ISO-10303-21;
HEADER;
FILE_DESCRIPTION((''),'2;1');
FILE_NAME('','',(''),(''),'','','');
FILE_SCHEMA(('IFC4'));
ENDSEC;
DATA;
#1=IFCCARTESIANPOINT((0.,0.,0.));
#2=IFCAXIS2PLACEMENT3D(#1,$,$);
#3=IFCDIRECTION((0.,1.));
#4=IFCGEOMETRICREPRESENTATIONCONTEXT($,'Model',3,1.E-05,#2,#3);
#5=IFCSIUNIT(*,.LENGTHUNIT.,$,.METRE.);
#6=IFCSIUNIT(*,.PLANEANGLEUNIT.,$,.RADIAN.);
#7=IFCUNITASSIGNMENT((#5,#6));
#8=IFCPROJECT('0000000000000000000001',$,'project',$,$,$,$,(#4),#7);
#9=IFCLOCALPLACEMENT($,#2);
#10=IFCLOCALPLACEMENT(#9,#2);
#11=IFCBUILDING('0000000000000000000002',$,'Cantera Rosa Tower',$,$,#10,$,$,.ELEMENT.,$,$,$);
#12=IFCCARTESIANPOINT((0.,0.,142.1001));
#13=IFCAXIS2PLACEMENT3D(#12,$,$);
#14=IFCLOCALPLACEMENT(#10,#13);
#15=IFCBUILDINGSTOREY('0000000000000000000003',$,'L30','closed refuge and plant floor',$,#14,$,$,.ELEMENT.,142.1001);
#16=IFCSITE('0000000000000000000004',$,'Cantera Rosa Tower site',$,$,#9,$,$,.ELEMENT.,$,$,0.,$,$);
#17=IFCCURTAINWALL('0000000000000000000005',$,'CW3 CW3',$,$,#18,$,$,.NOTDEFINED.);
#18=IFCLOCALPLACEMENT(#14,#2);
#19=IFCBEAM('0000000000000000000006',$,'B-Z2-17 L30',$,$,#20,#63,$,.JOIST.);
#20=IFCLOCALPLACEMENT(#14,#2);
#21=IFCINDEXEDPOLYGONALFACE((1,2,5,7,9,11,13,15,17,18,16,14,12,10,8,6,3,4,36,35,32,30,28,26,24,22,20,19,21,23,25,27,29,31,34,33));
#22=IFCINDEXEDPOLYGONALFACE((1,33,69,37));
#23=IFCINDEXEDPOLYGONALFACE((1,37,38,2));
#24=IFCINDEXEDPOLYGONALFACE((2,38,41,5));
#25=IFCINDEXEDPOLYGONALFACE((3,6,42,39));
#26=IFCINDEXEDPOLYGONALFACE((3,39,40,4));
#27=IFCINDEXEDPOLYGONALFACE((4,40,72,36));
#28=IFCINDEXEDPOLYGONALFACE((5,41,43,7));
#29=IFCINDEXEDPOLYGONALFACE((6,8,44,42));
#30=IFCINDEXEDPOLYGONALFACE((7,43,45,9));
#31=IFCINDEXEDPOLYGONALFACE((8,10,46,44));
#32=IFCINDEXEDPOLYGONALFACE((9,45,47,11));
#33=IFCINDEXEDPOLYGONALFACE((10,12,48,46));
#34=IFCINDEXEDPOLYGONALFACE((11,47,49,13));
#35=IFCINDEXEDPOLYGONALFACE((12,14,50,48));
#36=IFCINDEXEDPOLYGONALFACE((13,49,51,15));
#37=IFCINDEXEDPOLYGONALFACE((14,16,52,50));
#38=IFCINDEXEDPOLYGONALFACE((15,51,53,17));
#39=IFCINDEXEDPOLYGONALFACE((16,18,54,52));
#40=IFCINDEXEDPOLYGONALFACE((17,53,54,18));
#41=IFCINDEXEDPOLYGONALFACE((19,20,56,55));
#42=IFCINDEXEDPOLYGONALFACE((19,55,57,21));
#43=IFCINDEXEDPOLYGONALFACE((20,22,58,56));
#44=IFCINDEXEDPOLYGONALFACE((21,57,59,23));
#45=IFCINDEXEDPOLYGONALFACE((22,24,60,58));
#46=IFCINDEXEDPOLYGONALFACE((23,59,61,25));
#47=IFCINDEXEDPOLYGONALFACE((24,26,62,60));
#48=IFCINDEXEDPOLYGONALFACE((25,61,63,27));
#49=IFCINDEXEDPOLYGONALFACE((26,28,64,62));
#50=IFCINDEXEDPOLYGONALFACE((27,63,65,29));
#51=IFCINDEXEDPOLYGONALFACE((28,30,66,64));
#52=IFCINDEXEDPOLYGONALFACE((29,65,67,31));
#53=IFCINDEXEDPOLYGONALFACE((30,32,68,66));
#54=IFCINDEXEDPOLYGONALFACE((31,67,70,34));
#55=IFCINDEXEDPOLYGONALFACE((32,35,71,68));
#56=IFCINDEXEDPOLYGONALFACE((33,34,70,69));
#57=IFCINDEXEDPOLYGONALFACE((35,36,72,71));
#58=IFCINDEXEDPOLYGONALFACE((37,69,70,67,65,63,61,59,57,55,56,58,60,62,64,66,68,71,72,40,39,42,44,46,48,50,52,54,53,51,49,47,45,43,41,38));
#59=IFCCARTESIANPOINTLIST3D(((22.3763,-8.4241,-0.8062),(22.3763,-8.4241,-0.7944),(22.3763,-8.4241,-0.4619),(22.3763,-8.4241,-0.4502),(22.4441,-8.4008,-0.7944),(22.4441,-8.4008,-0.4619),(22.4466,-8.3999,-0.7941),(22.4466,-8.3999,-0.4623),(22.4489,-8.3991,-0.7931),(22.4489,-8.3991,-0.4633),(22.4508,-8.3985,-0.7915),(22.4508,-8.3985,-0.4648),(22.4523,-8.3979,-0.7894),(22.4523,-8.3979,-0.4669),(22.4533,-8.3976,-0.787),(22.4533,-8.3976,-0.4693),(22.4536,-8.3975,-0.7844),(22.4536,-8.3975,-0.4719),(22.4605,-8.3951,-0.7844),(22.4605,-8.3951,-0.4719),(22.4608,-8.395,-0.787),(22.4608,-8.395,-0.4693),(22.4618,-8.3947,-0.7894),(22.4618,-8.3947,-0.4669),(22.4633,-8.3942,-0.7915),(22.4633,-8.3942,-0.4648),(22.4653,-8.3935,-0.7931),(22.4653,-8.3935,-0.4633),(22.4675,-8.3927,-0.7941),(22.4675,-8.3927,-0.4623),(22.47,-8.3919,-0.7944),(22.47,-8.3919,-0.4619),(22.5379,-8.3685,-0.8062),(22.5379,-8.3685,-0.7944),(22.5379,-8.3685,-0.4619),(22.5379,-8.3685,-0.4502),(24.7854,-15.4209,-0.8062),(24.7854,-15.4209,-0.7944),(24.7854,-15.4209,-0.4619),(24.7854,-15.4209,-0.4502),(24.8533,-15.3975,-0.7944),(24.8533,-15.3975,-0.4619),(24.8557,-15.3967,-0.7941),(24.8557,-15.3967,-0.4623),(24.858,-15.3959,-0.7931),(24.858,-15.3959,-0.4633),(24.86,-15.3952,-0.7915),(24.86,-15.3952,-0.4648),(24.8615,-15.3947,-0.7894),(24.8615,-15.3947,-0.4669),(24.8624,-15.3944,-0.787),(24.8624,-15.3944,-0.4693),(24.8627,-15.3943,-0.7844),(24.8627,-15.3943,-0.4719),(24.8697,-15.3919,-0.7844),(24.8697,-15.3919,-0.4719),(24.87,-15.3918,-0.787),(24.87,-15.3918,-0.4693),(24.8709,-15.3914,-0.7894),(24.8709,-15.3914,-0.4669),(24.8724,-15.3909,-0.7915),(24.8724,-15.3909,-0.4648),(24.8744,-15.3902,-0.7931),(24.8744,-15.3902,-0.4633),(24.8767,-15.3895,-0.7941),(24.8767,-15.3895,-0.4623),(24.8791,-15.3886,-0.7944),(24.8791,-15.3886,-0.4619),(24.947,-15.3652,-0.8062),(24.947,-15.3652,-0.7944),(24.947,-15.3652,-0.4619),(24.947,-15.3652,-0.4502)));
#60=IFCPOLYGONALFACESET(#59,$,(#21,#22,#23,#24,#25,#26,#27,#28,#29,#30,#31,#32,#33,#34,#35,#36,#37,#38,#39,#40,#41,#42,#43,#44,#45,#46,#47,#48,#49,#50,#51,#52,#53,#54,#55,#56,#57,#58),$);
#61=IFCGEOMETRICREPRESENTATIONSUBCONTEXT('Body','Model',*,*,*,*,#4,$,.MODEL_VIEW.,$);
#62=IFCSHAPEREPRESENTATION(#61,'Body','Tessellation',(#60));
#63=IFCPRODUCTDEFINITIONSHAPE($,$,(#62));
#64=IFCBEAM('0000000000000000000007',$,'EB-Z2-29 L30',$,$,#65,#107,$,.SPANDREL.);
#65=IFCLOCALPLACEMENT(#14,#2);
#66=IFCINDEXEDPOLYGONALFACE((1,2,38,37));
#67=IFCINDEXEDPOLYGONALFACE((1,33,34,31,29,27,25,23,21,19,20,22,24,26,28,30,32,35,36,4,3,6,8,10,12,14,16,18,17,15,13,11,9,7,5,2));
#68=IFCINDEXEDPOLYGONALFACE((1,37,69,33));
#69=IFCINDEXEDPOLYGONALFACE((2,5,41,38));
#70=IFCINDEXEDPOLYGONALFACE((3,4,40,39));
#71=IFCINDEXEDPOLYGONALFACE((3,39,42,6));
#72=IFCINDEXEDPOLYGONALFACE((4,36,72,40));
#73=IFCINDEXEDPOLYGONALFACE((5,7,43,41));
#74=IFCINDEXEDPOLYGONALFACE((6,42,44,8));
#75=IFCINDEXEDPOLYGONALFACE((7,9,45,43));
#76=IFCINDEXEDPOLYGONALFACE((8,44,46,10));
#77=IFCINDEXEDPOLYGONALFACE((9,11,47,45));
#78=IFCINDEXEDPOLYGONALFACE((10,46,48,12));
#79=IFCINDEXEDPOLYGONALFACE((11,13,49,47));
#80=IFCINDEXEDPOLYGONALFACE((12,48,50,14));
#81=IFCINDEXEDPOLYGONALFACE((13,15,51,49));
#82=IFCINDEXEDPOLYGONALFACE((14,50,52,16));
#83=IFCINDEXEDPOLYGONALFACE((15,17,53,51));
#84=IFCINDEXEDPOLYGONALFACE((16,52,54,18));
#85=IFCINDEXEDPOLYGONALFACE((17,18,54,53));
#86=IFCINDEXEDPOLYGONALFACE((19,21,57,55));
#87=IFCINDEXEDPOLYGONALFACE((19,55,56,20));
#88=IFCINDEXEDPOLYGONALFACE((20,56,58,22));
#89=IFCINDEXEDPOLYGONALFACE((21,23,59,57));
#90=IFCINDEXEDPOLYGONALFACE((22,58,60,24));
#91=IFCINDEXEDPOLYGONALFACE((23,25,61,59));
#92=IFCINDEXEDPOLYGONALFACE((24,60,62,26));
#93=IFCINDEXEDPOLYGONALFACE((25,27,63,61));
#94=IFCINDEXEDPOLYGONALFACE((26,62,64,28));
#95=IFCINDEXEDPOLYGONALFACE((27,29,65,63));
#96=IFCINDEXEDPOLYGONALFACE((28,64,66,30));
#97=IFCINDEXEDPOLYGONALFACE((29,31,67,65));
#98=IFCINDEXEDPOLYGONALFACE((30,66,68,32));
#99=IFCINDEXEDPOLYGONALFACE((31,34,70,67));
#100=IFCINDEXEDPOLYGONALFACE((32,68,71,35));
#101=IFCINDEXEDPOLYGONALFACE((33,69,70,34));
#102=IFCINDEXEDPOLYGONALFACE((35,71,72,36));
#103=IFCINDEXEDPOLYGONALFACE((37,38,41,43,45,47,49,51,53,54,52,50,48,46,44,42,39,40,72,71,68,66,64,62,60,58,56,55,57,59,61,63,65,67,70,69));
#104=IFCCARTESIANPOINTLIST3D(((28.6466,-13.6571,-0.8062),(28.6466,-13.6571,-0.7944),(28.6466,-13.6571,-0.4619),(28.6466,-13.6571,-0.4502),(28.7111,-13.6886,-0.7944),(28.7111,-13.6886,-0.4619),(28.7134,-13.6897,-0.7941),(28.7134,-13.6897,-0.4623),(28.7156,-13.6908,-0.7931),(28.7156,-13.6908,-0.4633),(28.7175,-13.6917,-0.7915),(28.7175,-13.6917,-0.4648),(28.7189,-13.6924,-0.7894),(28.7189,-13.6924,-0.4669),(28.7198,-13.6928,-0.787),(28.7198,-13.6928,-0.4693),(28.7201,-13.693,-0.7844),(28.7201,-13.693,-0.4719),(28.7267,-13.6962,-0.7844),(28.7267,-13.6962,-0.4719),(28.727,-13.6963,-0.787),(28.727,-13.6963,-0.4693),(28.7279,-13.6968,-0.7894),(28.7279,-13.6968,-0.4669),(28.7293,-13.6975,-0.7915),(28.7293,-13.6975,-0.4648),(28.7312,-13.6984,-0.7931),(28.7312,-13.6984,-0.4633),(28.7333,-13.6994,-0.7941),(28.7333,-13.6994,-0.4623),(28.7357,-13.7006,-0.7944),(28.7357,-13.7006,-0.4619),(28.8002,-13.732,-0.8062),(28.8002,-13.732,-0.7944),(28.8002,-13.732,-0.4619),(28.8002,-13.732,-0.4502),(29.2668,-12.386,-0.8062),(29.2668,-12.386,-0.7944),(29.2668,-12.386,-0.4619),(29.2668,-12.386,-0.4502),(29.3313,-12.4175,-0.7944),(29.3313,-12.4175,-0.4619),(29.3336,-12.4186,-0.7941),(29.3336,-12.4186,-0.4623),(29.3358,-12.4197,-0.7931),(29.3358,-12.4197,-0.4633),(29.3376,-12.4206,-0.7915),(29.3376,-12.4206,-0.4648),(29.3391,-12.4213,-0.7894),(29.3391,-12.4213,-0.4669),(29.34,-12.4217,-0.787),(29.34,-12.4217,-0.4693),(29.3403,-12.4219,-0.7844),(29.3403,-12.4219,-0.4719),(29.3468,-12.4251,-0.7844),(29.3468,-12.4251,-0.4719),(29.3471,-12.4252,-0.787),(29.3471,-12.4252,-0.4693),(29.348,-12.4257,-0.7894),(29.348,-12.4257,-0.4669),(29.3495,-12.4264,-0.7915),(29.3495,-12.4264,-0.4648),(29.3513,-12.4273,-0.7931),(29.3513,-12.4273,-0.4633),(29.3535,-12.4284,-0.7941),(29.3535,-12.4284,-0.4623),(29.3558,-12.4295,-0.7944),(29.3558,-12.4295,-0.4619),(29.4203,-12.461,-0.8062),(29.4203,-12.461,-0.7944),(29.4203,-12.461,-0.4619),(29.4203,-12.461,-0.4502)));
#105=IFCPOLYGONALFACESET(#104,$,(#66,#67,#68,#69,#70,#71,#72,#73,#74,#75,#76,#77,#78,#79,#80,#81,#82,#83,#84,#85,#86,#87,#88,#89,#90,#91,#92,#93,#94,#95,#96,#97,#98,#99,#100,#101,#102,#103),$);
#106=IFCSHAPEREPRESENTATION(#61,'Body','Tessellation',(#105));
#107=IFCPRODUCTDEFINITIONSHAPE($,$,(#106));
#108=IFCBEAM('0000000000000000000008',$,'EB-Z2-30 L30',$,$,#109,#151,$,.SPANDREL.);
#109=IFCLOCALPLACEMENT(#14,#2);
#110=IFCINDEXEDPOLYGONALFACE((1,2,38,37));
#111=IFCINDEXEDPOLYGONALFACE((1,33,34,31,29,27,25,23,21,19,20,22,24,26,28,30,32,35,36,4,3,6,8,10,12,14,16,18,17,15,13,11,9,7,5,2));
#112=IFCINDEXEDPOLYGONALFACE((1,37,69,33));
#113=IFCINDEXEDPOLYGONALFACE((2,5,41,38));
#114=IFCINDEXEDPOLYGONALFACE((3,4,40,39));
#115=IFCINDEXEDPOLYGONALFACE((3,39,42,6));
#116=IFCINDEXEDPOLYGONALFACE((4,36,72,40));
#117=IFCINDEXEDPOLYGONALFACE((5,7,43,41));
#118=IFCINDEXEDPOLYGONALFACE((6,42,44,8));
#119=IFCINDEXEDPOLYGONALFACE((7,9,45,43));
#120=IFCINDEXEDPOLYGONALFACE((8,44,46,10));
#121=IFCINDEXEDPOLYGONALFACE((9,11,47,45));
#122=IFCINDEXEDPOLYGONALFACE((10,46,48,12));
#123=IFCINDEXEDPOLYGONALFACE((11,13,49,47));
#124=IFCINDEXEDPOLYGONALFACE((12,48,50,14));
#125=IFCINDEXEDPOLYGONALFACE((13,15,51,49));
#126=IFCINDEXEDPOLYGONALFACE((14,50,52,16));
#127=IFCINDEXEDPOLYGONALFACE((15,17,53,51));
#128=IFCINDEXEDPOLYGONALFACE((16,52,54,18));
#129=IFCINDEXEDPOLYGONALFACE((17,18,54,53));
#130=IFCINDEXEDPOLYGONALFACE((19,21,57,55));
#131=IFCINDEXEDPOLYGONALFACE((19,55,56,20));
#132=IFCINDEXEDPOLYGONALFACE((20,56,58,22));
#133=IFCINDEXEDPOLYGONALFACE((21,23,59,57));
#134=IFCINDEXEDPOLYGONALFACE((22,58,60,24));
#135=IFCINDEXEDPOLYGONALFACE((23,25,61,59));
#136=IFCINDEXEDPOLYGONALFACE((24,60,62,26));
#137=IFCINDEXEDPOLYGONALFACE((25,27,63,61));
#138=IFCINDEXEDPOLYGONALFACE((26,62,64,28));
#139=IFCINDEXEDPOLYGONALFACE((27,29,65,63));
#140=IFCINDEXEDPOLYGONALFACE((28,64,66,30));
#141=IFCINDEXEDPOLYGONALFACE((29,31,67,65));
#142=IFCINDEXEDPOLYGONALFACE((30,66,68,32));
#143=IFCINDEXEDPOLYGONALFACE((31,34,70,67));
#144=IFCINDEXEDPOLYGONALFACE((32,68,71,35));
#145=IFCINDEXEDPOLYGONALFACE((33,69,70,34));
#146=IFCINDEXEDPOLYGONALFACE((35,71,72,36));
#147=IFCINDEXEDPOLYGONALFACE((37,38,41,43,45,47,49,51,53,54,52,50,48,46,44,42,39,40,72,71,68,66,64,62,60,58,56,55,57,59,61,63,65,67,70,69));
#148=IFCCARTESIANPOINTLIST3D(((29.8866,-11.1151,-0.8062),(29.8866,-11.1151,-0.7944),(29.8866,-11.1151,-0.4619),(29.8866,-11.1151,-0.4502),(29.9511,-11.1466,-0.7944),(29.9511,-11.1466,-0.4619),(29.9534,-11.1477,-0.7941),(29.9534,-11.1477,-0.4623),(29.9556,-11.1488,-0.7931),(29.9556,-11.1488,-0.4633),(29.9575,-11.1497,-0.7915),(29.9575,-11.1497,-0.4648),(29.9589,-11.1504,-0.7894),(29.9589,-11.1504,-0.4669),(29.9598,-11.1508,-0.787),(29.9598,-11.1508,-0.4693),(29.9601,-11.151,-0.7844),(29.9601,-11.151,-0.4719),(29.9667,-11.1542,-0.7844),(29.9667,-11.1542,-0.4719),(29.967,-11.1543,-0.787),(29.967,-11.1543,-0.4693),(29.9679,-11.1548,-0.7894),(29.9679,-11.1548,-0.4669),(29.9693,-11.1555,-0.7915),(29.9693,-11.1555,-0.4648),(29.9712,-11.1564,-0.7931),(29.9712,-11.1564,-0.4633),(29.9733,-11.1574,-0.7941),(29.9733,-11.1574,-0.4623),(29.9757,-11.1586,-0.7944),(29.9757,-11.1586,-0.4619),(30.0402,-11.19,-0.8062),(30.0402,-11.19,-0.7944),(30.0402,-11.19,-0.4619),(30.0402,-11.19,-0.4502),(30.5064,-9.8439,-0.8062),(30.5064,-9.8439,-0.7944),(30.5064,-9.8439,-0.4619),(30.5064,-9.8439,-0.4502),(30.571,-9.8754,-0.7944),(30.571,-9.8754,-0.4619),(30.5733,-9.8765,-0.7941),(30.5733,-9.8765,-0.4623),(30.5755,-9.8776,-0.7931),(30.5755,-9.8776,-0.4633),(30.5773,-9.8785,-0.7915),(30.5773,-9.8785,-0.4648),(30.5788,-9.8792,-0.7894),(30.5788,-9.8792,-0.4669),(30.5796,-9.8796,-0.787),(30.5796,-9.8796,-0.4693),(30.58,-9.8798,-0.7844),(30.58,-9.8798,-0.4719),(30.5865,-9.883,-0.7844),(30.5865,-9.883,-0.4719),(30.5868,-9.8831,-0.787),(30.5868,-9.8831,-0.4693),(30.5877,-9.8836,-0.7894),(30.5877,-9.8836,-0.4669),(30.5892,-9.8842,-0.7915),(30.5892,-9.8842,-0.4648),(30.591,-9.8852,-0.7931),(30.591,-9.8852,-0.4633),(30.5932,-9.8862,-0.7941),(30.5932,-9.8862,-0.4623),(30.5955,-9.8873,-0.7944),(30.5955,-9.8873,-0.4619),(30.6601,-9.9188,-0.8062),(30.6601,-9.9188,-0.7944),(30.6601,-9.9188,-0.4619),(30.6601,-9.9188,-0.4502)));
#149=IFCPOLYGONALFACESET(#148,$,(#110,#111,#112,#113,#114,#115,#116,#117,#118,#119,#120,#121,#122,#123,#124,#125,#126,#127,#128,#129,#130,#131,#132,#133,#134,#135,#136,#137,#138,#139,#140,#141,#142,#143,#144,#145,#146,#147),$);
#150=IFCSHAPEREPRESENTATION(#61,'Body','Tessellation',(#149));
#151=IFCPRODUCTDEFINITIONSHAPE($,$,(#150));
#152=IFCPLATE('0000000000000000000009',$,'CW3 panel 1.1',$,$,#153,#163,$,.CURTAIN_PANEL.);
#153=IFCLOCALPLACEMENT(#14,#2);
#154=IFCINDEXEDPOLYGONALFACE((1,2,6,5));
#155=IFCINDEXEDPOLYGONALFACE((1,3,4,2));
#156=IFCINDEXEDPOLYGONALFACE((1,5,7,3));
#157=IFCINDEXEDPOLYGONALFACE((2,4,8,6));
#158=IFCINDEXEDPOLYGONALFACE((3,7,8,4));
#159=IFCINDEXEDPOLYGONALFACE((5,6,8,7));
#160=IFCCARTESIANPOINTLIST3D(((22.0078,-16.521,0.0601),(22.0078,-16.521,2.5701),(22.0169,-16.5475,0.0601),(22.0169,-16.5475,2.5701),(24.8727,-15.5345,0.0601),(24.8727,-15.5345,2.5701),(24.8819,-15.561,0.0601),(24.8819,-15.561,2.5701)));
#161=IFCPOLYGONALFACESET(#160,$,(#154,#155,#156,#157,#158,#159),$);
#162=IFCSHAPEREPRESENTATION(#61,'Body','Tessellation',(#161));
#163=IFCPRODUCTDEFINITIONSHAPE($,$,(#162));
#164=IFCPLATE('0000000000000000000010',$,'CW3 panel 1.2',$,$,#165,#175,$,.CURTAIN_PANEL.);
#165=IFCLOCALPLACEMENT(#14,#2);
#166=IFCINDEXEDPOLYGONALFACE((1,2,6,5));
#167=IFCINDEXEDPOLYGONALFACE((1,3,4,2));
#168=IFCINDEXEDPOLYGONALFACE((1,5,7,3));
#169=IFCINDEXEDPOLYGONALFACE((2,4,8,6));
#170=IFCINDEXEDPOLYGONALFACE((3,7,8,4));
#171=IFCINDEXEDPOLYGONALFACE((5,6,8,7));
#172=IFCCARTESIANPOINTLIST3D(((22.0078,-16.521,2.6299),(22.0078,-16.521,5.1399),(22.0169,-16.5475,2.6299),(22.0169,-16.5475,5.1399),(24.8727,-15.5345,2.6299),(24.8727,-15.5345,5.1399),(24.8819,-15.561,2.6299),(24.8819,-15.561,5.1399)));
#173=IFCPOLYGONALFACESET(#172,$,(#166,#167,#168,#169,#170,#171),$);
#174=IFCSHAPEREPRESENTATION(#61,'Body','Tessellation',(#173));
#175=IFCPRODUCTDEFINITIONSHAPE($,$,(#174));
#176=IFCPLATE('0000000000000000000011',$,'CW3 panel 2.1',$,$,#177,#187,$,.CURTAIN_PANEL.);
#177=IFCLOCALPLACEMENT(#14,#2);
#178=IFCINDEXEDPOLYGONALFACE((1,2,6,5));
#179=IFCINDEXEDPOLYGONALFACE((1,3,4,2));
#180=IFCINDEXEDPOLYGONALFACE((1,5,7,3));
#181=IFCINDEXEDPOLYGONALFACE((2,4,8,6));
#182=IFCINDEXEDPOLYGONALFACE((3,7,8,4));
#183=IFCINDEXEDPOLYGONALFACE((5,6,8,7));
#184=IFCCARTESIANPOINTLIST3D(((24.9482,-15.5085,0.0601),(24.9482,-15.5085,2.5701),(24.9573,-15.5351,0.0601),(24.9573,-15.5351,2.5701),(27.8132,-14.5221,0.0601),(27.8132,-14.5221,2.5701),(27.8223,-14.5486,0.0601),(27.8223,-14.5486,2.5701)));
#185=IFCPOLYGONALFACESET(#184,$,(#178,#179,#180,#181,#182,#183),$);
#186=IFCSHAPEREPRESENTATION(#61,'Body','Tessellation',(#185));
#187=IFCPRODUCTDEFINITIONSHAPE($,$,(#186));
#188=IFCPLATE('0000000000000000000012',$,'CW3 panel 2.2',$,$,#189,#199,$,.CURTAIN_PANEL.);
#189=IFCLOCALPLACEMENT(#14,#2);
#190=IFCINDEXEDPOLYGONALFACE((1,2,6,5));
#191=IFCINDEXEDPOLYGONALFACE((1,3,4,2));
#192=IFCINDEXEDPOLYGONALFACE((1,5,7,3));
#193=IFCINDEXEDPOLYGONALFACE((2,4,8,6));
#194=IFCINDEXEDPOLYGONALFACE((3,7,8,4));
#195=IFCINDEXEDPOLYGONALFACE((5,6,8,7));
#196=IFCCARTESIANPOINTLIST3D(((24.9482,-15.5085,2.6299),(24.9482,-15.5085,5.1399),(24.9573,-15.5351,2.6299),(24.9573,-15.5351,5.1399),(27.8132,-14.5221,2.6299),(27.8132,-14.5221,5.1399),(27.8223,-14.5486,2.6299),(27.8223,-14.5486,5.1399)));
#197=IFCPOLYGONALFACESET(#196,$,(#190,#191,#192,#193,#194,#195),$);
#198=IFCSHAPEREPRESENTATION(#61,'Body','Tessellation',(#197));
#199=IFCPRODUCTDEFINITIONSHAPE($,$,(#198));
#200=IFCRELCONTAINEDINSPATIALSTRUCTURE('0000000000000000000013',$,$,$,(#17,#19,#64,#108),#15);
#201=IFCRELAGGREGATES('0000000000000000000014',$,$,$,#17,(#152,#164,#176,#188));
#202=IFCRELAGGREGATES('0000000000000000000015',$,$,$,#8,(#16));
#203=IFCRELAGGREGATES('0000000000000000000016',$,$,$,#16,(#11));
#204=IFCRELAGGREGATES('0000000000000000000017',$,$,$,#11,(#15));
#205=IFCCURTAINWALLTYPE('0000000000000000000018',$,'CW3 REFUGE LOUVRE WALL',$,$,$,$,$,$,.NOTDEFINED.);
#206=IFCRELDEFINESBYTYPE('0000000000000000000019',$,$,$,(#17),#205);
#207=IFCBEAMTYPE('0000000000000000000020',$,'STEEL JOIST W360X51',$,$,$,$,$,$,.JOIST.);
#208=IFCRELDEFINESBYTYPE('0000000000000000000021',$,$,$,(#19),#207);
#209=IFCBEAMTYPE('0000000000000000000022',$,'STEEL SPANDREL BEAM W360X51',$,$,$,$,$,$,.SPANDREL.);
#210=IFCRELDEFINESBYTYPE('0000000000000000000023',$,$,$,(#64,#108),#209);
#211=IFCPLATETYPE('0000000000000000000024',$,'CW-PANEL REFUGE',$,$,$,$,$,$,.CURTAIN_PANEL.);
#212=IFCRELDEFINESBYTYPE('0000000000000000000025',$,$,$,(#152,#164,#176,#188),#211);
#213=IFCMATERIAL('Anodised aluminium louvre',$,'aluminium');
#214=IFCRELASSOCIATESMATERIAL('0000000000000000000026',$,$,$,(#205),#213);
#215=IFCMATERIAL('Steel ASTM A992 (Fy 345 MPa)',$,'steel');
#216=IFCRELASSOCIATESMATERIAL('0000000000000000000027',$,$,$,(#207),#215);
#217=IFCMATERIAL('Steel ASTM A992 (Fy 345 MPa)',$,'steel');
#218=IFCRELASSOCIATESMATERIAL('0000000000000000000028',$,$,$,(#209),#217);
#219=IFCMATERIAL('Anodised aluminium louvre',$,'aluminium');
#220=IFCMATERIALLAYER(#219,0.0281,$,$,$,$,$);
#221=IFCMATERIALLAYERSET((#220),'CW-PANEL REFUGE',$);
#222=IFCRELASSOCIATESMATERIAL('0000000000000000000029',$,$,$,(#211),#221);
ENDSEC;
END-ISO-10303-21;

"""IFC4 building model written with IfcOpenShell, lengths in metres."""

from ifc_helpers import new_model, si_unit, direction, frame, origin, origin_2d, place, context, subcontext, project, spatial, rectangle, i_section, extrude, material, layer, layer_set, material_profile, profile_set, type_object, element, aggregate, save


model = new_model("IFC4")

# Units and contexts
model_context = context("Model", 3, precision=1e-05, world=origin(), true_north=direction((0.0, 1.0)))
body_context = subcontext(model_context, "Body", "Model", "MODEL_VIEW")
ifc_project = project(units=[si_unit("LENGTHUNIT", "METRE"), si_unit("PLANEANGLEUNIT", "RADIAN")], contexts=[model_context])

# Site, building, storey
site_placement = place(None, origin())
site = spatial("IfcSite", under=ifc_project, at=site_placement, Name="Cantera Rosa Tower site", CompositionType="ELEMENT", RefElevation=0.0)
building_placement = place(site_placement, origin())
building = spatial("IfcBuilding", under=site, at=building_placement, Name="Cantera Rosa Tower", CompositionType="ELEMENT")
storey_placement = place(building_placement, frame((0.0, 0.0, 142.1001)))
storey = spatial("IfcBuildingStorey", under=building, at=storey_placement, Name="L30", Description="closed refuge and plant floor", CompositionType="ELEMENT", Elevation=142.1001)

# Curtain wall
ifc_material_1 = material(Name="Anodised aluminium louvre", Category="aluminium")
curtain_wall_type = type_object("IfcCurtainWallType", Name="CW3 REFUGE LOUVRE WALL", PredefinedType="NOTDEFINED", material=ifc_material_1)
curtain_wall_placement = place(storey_placement, origin())
curtain_wall = element("IfcCurtainWall", 1, at=curtain_wall_placement, inside=storey, type_object=curtain_wall_type, Name="CW3 CW3", PredefinedType="NOTDEFINED")

# Beams
ifc_material_2 = material(Name="Steel ASTM A992 (Fy 345 MPa)", Category="steel")
ifc_material_profile_1 = material_profile(ifc_material_2, i_section(OverallWidth=0.1709, OverallDepth=0.356, WebThickness=0.0073, FlangeThickness=0.0117, FilletRadius=0.01, at=origin_2d()), Name="W360X51")
ifc_profile_set_1 = profile_set([ifc_material_profile_1], Name="Steel ASTM A992 (Fy 345 MPa)")
beam_type_1 = type_object("IfcBeamType", Name="STEEL JOIST W360X51", PredefinedType="JOIST", material=ifc_profile_set_1)
beam_1_placement = place(storey_placement, frame((24.8662, -15.3931, -0.6282), z_axis=(-0.325566, 0.945519, 0.0), x_axis=(-0.945519, -0.325566, 0.0)))
element("IfcBeam", 2, at=beam_1_placement, inside=storey, type_object=beam_type_1, Name="B-Z2-17 L30", PredefinedType="JOIST", context=body_context, shape_type="SweptSolid", body=[
    extrude(i_section(OverallWidth=0.1709, OverallDepth=0.356, WebThickness=0.0073, FlangeThickness=0.0117, FilletRadius=0.01, at=origin_2d()), origin(), (0.0, 0.0, 1.0), 7.3999),
])
ifc_material_3 = material(Name="Steel ASTM A992 (Fy 345 MPa)", Category="steel")
ifc_material_profile_2 = material_profile(ifc_material_3, i_section(OverallWidth=0.1709, OverallDepth=0.356, WebThickness=0.0073, FlangeThickness=0.0117, FilletRadius=0.01, at=origin_2d()), Name="W360X51")
ifc_profile_set_2 = profile_set([ifc_material_profile_2], Name="Steel ASTM A992 (Fy 345 MPa)")
beam_type_2 = type_object("IfcBeamType", Name="STEEL SPANDREL BEAM W360X51", PredefinedType="SPANDREL", material=ifc_profile_set_2)
for number, where, z_axis, x_axis, name in (
    (3, (28.7234, -13.6946, -0.6282), (0.438492, 0.898735, 0.0), (-0.898735, 0.438492, 0.0), "EB-Z2-29 L30"),
    (4, (29.9634, -11.1526, -0.6282), (0.438284, 0.898836, 0.0), (-0.898836, 0.438284, 0.0), "EB-Z2-30 L30"),
):
    element("IfcBeam", number, at=place(storey_placement, frame(where, z_axis=z_axis, x_axis=x_axis)), inside=storey, type_object=beam_type_2, Name=name, PredefinedType="SPANDREL", context=body_context, shape_type="SweptSolid", body=[
        extrude(i_section(OverallWidth=0.1709, OverallDepth=0.356, WebThickness=0.0073, FlangeThickness=0.0117, FilletRadius=0.01, at=origin_2d()), origin(), (0.0, 0.0, 1.0), 1.4143),
    ])

# Plates
ifc_material_4 = material(Name="Anodised aluminium louvre", Category="aluminium")
ifc_layer_1 = layer(ifc_material_4, 0.0281)
ifc_layer_set_1 = layer_set([ifc_layer_1], Name="CW-PANEL REFUGE")
plate_type = type_object("IfcPlateType", Name="CW-PANEL REFUGE", PredefinedType="CURTAIN_PANEL", material=ifc_layer_set_1)
plate_1_placement = place(storey_placement, frame((23.4448, -16.041, 0.0601), z_axis=(0.0, 0.0, 1.0), x_axis=(0.945519, 0.325568, 0.0)))
plate_1 = element("IfcPlate", 5, at=plate_1_placement, type_object=plate_type, Name="CW3 panel 1.1", PredefinedType="CURTAIN_PANEL", context=body_context, shape_type="SweptSolid", body=[
    extrude(rectangle(XDim=3.03, YDim=0.0281, at=origin_2d()), origin(), (0.0, 0.0, 1.0), 2.51),
])
plate_2_placement = place(storey_placement, frame((23.4448, -16.041, 2.6299), z_axis=(0.0, 0.0, 1.0), x_axis=(0.945519, 0.325568, 0.0)))
plate_2 = element("IfcPlate", 6, at=plate_2_placement, type_object=plate_type, Name="CW3 panel 1.2", PredefinedType="CURTAIN_PANEL", context=body_context, shape_type="SweptSolid", body=[
    extrude(rectangle(XDim=3.03, YDim=0.0281, at=origin_2d()), origin(), (0.0, 0.0, 1.0), 2.51),
])
plate_3_placement = place(storey_placement, frame((26.3853, -15.0286, 0.0601), z_axis=(0.0, 0.0, 1.0), x_axis=(0.945519, 0.325568, 0.0)))
plate_3 = element("IfcPlate", 7, at=plate_3_placement, type_object=plate_type, Name="CW3 panel 2.1", PredefinedType="CURTAIN_PANEL", context=body_context, shape_type="SweptSolid", body=[
    extrude(rectangle(XDim=3.03, YDim=0.0281, at=origin_2d()), origin(), (0.0, 0.0, 1.0), 2.51),
])
plate_4_placement = place(storey_placement, frame((26.3853, -15.0286, 2.6299), z_axis=(0.0, 0.0, 1.0), x_axis=(0.945519, 0.325568, 0.0)))
plate_4 = element("IfcPlate", 8, at=plate_4_placement, type_object=plate_type, Name="CW3 panel 2.2", PredefinedType="CURTAIN_PANEL", context=body_context, shape_type="SweptSolid", body=[
    extrude(rectangle(XDim=3.03, YDim=0.0281, at=origin_2d()), origin(), (0.0, 0.0, 1.0), 2.51),
])
aggregate(curtain_wall, [plate_1, plate_2, plate_3, plate_4])

save(model, "model.ifc")
